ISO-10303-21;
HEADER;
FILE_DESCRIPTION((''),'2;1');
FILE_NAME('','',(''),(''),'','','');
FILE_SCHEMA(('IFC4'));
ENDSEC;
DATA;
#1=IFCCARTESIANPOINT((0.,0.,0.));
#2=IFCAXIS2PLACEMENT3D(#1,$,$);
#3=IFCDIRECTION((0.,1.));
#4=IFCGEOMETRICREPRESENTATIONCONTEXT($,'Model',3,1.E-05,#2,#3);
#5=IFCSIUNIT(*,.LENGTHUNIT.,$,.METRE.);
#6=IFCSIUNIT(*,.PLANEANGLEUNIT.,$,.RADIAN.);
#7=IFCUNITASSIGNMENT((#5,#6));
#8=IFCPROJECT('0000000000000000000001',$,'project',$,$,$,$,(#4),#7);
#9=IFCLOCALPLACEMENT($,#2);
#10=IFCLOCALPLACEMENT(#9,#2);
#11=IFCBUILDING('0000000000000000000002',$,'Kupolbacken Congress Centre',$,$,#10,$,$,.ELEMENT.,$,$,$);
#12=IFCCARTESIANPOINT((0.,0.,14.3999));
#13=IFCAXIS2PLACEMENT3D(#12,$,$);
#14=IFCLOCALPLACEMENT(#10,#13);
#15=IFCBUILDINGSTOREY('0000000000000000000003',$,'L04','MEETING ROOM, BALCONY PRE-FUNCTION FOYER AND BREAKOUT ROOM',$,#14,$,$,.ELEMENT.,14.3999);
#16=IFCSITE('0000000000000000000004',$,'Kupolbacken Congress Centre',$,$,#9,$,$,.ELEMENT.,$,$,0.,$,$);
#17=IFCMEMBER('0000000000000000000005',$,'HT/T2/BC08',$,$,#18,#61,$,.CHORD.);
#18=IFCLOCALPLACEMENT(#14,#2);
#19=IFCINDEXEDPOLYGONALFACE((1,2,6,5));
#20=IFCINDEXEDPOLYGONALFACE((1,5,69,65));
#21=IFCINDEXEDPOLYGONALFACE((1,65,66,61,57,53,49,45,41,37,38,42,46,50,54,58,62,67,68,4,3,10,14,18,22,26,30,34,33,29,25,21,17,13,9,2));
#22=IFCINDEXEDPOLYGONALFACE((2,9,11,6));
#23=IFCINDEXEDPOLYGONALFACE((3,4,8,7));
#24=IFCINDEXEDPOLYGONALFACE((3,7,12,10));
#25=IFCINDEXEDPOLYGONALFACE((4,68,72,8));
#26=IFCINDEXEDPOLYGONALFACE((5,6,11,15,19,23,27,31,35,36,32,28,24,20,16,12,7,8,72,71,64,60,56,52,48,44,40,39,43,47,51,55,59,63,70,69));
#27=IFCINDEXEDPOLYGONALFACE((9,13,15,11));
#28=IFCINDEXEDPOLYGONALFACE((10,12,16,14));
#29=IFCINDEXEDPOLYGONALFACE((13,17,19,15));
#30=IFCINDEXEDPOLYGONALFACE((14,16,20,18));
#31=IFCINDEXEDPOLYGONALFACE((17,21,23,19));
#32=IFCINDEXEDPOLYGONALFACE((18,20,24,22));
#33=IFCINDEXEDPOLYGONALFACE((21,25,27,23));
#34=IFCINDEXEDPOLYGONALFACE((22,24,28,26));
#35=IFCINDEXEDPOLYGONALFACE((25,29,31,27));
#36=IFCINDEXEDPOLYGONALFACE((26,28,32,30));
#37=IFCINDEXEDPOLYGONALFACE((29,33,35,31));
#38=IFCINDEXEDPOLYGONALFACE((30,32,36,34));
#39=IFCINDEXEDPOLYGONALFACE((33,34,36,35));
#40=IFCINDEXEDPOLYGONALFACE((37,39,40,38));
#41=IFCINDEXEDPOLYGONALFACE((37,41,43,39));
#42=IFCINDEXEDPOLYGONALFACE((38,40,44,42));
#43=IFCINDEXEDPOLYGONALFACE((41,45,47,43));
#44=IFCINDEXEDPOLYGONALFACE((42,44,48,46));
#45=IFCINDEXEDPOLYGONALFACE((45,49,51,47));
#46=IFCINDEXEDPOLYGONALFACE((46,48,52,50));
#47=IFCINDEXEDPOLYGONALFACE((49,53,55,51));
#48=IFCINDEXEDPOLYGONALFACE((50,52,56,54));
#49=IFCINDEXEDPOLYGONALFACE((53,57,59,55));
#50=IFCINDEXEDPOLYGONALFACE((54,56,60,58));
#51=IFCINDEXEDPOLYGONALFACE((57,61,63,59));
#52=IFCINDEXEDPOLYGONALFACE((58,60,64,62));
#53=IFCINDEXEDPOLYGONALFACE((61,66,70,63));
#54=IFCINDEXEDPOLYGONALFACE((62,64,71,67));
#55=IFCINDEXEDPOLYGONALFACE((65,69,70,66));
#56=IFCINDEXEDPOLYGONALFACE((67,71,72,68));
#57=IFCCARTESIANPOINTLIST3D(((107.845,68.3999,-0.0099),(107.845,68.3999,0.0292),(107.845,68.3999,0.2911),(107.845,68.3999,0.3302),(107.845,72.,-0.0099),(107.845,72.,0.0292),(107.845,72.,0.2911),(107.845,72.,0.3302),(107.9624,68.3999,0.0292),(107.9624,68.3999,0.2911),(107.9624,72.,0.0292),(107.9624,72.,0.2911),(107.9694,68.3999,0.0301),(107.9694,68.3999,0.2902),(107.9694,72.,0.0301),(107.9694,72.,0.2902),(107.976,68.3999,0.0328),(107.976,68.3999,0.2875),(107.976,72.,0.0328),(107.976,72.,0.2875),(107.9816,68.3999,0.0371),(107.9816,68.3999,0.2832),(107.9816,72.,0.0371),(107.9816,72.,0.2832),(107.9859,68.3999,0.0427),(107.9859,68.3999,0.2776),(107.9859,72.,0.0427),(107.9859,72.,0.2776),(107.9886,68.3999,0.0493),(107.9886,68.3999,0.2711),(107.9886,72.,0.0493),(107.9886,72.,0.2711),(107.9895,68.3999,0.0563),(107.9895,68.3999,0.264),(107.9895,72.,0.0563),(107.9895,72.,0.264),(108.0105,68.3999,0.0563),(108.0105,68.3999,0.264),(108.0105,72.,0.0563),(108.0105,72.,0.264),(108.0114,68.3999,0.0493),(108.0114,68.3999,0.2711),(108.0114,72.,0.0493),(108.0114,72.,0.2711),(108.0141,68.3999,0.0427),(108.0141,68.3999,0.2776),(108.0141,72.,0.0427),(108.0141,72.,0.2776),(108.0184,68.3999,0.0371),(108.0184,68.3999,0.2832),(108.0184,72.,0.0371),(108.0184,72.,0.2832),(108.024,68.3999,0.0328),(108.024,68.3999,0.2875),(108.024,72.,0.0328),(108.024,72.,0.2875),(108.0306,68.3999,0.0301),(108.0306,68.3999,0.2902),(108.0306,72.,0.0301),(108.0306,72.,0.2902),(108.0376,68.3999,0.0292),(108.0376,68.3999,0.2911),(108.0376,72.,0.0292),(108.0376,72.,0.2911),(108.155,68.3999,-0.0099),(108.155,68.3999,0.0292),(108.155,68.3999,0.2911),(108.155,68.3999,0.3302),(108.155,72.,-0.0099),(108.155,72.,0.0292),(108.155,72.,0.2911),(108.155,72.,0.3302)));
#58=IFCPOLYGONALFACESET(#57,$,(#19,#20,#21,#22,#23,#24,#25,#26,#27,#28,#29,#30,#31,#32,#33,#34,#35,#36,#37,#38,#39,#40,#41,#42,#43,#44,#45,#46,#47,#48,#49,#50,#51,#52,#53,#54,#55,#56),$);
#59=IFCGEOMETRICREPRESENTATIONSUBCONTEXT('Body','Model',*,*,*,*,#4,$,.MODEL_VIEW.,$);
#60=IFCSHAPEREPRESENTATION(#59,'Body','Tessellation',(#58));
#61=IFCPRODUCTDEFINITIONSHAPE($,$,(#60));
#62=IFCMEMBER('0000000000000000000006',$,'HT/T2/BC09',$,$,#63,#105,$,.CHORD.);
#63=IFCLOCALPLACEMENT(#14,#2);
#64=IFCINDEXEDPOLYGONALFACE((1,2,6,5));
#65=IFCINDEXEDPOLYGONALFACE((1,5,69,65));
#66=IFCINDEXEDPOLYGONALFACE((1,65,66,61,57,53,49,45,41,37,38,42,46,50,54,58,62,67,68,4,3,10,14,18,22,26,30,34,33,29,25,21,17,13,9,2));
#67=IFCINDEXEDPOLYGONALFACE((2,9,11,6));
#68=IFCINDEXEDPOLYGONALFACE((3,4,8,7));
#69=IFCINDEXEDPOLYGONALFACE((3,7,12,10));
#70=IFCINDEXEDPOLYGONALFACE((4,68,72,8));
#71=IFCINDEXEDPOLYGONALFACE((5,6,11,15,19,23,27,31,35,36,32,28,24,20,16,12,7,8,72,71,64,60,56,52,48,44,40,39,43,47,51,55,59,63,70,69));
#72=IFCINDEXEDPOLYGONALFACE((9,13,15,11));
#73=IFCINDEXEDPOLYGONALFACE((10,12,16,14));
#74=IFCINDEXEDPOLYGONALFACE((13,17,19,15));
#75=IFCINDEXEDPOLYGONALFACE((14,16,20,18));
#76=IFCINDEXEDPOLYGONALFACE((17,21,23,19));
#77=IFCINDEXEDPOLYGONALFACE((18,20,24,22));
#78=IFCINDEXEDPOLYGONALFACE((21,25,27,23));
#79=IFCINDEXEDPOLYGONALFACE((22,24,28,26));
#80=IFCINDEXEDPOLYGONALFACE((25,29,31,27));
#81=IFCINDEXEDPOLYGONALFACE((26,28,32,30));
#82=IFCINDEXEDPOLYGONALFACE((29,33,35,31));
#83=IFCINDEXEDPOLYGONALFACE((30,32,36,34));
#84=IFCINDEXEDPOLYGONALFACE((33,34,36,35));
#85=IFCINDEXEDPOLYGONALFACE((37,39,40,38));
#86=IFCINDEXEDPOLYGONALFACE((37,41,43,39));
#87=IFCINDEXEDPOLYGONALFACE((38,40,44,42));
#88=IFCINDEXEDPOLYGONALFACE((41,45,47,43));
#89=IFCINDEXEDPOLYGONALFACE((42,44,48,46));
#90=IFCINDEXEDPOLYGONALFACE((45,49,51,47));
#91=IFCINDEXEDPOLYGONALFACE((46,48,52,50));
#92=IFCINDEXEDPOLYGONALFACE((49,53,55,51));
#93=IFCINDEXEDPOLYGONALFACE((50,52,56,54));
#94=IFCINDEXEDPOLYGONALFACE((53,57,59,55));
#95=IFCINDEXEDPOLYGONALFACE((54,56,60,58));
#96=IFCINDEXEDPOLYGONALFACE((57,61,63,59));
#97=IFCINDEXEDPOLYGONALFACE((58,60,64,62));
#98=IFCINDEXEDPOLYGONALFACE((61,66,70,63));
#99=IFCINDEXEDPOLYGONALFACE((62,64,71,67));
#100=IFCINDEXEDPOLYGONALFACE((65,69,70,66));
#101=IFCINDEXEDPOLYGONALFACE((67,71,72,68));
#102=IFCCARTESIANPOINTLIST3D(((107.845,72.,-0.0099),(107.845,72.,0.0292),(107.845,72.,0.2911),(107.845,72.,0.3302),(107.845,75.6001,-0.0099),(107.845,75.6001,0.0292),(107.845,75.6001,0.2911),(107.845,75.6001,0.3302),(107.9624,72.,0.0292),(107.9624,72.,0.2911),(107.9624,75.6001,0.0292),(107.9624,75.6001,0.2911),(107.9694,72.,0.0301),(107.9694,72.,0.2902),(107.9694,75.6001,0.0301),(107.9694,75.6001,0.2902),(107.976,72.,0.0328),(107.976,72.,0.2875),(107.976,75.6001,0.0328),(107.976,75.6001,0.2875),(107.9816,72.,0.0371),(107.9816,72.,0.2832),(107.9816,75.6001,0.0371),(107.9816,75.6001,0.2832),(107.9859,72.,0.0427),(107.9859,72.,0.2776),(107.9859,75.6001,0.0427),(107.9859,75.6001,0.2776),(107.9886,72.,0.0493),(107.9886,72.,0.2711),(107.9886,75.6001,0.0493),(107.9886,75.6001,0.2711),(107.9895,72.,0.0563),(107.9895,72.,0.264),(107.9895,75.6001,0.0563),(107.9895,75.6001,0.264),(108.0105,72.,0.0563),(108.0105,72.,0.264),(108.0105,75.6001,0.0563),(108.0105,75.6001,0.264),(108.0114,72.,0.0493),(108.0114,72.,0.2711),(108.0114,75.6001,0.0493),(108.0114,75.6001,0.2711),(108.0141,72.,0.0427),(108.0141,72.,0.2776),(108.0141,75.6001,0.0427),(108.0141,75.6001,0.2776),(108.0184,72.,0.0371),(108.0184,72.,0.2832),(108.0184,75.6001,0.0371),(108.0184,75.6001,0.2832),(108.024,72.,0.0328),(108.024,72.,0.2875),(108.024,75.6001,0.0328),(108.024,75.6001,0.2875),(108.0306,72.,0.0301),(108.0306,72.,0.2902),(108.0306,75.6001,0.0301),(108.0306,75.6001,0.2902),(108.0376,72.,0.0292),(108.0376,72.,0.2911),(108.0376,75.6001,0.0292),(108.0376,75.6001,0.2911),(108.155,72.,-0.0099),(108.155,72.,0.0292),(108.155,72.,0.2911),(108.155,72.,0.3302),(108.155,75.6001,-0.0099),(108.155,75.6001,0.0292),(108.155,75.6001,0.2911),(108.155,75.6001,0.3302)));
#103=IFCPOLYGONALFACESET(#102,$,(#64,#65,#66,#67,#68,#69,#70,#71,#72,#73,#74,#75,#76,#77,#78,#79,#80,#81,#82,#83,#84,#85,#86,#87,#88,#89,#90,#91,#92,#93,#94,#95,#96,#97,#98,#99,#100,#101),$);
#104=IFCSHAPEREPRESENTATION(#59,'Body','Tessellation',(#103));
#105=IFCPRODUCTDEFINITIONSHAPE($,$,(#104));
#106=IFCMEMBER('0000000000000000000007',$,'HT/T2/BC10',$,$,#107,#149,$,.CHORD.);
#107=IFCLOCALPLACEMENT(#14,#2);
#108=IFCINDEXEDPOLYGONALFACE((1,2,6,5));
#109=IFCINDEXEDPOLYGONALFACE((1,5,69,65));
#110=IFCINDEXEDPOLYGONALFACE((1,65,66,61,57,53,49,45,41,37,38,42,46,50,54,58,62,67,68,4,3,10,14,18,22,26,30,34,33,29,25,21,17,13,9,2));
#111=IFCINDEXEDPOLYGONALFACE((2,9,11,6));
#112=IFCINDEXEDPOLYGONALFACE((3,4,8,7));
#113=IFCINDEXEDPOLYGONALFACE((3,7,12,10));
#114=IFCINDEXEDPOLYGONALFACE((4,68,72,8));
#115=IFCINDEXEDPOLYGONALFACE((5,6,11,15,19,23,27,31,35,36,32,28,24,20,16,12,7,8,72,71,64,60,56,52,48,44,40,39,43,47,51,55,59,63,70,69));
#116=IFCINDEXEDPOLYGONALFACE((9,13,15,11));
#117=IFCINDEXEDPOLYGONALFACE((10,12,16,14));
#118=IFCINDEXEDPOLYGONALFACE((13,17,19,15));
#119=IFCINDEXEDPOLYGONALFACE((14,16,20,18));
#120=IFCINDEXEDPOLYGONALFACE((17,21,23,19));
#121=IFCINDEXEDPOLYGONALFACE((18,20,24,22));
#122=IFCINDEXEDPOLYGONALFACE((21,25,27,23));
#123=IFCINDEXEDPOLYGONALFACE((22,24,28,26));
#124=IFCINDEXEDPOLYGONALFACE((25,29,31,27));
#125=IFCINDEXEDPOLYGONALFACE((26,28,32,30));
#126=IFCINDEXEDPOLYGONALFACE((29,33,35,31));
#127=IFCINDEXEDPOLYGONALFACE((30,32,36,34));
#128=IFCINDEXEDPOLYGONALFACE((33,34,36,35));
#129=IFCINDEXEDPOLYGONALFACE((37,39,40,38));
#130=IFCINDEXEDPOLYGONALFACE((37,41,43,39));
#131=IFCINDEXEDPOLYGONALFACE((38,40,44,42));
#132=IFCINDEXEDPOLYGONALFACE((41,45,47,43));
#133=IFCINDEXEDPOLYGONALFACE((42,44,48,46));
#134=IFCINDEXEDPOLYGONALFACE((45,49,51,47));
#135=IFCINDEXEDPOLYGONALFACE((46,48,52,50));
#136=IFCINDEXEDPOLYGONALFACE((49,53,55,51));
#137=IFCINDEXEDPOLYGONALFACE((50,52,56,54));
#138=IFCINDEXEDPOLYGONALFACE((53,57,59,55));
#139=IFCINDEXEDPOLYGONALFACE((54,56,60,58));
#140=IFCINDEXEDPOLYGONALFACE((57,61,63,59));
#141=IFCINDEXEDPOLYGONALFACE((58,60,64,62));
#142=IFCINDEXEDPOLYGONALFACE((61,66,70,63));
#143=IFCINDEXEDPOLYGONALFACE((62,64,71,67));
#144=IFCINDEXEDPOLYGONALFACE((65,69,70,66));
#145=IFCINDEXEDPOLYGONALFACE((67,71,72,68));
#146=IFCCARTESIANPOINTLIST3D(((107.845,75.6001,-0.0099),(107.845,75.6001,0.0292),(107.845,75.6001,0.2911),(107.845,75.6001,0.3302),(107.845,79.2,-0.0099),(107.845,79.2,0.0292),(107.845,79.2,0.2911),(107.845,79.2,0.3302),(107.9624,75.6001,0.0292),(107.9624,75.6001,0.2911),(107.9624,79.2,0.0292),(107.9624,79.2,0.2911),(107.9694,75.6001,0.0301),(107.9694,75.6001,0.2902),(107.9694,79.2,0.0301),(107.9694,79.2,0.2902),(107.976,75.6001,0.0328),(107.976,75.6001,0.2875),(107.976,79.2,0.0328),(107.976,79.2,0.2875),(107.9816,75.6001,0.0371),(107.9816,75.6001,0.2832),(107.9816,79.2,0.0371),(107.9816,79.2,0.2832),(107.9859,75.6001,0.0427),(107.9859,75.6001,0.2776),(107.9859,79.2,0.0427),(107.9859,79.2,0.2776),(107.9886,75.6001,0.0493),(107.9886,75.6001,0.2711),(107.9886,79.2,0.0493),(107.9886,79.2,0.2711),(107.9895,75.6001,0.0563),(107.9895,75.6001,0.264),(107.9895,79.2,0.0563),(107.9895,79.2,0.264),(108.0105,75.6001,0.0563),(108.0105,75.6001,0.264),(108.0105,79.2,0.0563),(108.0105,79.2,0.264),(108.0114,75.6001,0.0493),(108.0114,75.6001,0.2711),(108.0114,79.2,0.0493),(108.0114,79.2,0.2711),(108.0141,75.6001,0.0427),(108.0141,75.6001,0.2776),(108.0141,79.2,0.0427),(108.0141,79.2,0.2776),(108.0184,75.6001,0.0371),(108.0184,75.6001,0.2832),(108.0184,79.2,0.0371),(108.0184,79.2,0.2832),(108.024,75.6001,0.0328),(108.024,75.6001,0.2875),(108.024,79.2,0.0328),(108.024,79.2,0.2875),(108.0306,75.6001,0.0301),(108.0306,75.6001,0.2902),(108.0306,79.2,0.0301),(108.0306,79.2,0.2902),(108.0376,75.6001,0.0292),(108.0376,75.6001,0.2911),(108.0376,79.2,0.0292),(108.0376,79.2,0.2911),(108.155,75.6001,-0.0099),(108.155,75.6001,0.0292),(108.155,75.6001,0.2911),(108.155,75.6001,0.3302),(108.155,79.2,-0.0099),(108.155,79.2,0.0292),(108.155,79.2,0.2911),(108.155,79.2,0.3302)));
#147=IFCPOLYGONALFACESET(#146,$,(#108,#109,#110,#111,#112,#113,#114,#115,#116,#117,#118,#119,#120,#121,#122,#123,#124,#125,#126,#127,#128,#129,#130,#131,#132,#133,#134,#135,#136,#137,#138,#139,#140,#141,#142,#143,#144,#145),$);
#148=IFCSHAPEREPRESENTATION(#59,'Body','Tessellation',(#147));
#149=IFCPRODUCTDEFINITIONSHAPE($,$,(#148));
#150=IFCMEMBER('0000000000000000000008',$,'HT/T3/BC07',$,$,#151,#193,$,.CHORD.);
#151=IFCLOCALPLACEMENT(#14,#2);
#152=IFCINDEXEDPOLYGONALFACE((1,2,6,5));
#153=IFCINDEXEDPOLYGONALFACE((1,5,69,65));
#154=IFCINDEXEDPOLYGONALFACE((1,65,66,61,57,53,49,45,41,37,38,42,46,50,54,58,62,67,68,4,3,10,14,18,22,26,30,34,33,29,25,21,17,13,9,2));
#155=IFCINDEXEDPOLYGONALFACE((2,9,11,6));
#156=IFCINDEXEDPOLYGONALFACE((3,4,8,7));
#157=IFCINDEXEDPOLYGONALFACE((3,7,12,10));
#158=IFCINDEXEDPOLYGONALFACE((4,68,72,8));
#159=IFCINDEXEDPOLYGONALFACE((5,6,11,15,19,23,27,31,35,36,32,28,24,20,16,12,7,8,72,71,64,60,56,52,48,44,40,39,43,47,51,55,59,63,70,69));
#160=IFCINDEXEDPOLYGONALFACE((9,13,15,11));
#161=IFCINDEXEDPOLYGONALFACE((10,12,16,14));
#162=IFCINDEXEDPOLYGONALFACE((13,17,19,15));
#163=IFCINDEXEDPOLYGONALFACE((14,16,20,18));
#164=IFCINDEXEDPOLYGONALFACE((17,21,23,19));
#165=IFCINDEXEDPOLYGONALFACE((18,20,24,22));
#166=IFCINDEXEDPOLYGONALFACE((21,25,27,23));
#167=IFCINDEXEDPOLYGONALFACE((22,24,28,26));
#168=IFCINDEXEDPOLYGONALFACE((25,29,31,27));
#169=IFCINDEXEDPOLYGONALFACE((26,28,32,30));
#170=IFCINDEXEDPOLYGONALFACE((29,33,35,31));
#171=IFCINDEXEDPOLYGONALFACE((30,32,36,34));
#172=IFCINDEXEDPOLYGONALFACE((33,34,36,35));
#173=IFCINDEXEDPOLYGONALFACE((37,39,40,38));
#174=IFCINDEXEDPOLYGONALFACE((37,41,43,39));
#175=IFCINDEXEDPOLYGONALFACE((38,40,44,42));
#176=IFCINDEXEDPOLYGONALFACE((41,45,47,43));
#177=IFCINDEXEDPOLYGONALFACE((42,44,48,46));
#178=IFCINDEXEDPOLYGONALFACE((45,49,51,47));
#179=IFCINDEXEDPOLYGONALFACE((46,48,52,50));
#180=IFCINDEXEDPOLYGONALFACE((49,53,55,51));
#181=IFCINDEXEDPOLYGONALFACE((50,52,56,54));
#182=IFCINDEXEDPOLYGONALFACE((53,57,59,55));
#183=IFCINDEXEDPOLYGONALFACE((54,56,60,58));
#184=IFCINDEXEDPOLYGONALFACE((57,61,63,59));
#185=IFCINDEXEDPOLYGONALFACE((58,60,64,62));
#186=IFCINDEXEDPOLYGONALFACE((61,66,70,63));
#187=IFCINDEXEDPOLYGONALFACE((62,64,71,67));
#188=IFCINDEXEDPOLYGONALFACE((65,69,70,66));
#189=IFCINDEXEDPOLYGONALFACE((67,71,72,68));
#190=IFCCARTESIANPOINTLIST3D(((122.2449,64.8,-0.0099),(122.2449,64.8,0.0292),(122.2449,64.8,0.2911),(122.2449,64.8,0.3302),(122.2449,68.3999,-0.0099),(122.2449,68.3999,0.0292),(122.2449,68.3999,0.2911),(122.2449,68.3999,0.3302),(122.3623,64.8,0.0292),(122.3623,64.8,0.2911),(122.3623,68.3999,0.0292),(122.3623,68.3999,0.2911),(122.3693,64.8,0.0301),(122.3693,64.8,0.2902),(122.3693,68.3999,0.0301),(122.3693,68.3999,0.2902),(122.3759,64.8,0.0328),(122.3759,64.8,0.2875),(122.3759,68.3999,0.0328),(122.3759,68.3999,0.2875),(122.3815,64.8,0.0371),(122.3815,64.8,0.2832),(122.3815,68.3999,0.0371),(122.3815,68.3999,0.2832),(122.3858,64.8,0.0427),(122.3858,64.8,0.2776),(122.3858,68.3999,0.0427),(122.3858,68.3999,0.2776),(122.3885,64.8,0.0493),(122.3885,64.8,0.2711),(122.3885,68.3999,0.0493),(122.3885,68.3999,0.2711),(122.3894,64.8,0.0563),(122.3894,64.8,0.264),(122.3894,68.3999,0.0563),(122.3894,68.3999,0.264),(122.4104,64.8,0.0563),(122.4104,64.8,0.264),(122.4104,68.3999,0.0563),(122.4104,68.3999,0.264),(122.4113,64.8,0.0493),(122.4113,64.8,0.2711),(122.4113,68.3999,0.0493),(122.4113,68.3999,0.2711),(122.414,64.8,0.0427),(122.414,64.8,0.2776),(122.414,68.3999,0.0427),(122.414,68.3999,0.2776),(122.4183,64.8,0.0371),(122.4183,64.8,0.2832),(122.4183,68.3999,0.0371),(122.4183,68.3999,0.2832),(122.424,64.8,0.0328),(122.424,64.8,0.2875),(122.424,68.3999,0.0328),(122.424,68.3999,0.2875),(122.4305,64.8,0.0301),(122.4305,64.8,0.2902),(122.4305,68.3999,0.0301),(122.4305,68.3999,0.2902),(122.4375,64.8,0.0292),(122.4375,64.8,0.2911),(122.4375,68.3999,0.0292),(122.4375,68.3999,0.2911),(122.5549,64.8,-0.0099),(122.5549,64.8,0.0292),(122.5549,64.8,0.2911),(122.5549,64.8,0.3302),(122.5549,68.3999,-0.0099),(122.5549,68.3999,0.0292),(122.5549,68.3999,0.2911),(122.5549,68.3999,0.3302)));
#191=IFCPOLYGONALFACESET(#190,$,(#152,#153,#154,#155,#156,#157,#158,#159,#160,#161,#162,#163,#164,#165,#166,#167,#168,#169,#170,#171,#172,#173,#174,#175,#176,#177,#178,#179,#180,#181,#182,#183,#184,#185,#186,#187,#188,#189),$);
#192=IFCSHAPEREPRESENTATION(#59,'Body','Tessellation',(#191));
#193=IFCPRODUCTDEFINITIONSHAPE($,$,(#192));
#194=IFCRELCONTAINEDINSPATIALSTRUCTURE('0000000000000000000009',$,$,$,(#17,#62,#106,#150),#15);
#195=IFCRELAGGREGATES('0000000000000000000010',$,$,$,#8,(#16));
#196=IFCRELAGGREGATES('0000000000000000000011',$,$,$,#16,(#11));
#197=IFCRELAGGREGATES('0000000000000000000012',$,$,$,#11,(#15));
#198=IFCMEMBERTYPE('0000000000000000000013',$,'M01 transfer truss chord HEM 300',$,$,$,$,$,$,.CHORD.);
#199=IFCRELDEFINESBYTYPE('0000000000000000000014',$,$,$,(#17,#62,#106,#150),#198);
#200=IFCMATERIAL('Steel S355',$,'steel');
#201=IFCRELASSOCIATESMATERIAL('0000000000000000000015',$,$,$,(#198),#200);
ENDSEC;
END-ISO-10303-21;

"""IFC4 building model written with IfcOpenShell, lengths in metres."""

from ifc_helpers import new_model, si_unit, direction, frame, origin, origin_2d, place, context, subcontext, project, spatial, i_section, extrude, material, material_profile, profile_set, type_object, element, save


model = new_model("IFC4")

# Units and contexts
model_context = context("Model", 3, precision=1e-05, world=origin(), true_north=direction((0.0, 1.0)))
body_context = subcontext(model_context, "Body", "Model", "MODEL_VIEW")
ifc_project = project(units=[si_unit("LENGTHUNIT", "METRE"), si_unit("PLANEANGLEUNIT", "RADIAN")], contexts=[model_context])

# Site, building, storey
site_placement = place(None, origin())
site = spatial("IfcSite", under=ifc_project, at=site_placement, Name="Kupolbacken Congress Centre", CompositionType="ELEMENT", RefElevation=0.0)
building_placement = place(site_placement, origin())
building = spatial("IfcBuilding", under=site, at=building_placement, Name="Kupolbacken Congress Centre", CompositionType="ELEMENT")
storey_placement = place(building_placement, frame((0.0, 0.0, 14.3999)))
storey = spatial("IfcBuildingStorey", under=building, at=storey_placement, Name="L04", Description="MEETING ROOM, BALCONY PRE-FUNCTION FOYER AND BREAKOUT ROOM", CompositionType="ELEMENT", Elevation=14.3999)

# Members
ifc_material_1 = material(Name="Steel S355", Category="steel")
ifc_material_profile_1 = material_profile(ifc_material_1, i_section(OverallWidth=0.3101, OverallDepth=0.3401, WebThickness=0.021, FlangeThickness=0.0391, FilletRadius=0.0271, at=origin_2d()), Name="HEM 300")
ifc_profile_set_1 = profile_set([ifc_material_profile_1], Name="Steel S355")
member_type_1 = type_object("IfcMemberType", Name="M01 transfer truss chord HEM 300", PredefinedType="CHORD", material=ifc_profile_set_1)
for number, where, z_axis, x_axis, name in (
    (1, (108.0, 68.3999, 0.1602), (0.0, 1.0, 0.0), (-1.0, 0.0, 0.0), "HT/T2/BC08"),
    (2, (108.0, 72.0, 0.1602), (0.0, 1.0, 0.0), (-1.0, 0.0, 0.0), "HT/T2/BC09"),
):
    element("IfcMember", number, at=place(storey_placement, frame(where, z_axis=z_axis, x_axis=x_axis)), inside=storey, type_object=member_type_1, Name=name, PredefinedType="CHORD", context=body_context, shape_type="SweptSolid", body=[
        extrude(i_section(OverallWidth=0.3101, OverallDepth=0.3401, WebThickness=0.021, FlangeThickness=0.0391, FilletRadius=0.0271, at=origin_2d()), origin(), (0.0, 0.0, 1.0), 3.6001),
    ])
for number, where, z_axis, x_axis, name in (
    (3, (108.0, 75.6001, 0.1602), (0.0, 1.0, 0.0), (-1.0, 0.0, 0.0), "HT/T2/BC10"),
    (4, (122.3999, 64.8, 0.1602), (0.0, 1.0, 0.0), (-1.0, 0.0, 0.0), "HT/T3/BC07"),
):
    element("IfcMember", number, at=place(storey_placement, frame(where, z_axis=z_axis, x_axis=x_axis)), inside=storey, type_object=member_type_1, Name=name, PredefinedType="CHORD", context=body_context, shape_type="SweptSolid", body=[
        extrude(i_section(OverallWidth=0.3101, OverallDepth=0.3401, WebThickness=0.021, FlangeThickness=0.0391, FilletRadius=0.0271, at=origin_2d()), origin(), (0.0, 0.0, 1.0), 3.5999),
    ])

save(model, "model.ifc")
